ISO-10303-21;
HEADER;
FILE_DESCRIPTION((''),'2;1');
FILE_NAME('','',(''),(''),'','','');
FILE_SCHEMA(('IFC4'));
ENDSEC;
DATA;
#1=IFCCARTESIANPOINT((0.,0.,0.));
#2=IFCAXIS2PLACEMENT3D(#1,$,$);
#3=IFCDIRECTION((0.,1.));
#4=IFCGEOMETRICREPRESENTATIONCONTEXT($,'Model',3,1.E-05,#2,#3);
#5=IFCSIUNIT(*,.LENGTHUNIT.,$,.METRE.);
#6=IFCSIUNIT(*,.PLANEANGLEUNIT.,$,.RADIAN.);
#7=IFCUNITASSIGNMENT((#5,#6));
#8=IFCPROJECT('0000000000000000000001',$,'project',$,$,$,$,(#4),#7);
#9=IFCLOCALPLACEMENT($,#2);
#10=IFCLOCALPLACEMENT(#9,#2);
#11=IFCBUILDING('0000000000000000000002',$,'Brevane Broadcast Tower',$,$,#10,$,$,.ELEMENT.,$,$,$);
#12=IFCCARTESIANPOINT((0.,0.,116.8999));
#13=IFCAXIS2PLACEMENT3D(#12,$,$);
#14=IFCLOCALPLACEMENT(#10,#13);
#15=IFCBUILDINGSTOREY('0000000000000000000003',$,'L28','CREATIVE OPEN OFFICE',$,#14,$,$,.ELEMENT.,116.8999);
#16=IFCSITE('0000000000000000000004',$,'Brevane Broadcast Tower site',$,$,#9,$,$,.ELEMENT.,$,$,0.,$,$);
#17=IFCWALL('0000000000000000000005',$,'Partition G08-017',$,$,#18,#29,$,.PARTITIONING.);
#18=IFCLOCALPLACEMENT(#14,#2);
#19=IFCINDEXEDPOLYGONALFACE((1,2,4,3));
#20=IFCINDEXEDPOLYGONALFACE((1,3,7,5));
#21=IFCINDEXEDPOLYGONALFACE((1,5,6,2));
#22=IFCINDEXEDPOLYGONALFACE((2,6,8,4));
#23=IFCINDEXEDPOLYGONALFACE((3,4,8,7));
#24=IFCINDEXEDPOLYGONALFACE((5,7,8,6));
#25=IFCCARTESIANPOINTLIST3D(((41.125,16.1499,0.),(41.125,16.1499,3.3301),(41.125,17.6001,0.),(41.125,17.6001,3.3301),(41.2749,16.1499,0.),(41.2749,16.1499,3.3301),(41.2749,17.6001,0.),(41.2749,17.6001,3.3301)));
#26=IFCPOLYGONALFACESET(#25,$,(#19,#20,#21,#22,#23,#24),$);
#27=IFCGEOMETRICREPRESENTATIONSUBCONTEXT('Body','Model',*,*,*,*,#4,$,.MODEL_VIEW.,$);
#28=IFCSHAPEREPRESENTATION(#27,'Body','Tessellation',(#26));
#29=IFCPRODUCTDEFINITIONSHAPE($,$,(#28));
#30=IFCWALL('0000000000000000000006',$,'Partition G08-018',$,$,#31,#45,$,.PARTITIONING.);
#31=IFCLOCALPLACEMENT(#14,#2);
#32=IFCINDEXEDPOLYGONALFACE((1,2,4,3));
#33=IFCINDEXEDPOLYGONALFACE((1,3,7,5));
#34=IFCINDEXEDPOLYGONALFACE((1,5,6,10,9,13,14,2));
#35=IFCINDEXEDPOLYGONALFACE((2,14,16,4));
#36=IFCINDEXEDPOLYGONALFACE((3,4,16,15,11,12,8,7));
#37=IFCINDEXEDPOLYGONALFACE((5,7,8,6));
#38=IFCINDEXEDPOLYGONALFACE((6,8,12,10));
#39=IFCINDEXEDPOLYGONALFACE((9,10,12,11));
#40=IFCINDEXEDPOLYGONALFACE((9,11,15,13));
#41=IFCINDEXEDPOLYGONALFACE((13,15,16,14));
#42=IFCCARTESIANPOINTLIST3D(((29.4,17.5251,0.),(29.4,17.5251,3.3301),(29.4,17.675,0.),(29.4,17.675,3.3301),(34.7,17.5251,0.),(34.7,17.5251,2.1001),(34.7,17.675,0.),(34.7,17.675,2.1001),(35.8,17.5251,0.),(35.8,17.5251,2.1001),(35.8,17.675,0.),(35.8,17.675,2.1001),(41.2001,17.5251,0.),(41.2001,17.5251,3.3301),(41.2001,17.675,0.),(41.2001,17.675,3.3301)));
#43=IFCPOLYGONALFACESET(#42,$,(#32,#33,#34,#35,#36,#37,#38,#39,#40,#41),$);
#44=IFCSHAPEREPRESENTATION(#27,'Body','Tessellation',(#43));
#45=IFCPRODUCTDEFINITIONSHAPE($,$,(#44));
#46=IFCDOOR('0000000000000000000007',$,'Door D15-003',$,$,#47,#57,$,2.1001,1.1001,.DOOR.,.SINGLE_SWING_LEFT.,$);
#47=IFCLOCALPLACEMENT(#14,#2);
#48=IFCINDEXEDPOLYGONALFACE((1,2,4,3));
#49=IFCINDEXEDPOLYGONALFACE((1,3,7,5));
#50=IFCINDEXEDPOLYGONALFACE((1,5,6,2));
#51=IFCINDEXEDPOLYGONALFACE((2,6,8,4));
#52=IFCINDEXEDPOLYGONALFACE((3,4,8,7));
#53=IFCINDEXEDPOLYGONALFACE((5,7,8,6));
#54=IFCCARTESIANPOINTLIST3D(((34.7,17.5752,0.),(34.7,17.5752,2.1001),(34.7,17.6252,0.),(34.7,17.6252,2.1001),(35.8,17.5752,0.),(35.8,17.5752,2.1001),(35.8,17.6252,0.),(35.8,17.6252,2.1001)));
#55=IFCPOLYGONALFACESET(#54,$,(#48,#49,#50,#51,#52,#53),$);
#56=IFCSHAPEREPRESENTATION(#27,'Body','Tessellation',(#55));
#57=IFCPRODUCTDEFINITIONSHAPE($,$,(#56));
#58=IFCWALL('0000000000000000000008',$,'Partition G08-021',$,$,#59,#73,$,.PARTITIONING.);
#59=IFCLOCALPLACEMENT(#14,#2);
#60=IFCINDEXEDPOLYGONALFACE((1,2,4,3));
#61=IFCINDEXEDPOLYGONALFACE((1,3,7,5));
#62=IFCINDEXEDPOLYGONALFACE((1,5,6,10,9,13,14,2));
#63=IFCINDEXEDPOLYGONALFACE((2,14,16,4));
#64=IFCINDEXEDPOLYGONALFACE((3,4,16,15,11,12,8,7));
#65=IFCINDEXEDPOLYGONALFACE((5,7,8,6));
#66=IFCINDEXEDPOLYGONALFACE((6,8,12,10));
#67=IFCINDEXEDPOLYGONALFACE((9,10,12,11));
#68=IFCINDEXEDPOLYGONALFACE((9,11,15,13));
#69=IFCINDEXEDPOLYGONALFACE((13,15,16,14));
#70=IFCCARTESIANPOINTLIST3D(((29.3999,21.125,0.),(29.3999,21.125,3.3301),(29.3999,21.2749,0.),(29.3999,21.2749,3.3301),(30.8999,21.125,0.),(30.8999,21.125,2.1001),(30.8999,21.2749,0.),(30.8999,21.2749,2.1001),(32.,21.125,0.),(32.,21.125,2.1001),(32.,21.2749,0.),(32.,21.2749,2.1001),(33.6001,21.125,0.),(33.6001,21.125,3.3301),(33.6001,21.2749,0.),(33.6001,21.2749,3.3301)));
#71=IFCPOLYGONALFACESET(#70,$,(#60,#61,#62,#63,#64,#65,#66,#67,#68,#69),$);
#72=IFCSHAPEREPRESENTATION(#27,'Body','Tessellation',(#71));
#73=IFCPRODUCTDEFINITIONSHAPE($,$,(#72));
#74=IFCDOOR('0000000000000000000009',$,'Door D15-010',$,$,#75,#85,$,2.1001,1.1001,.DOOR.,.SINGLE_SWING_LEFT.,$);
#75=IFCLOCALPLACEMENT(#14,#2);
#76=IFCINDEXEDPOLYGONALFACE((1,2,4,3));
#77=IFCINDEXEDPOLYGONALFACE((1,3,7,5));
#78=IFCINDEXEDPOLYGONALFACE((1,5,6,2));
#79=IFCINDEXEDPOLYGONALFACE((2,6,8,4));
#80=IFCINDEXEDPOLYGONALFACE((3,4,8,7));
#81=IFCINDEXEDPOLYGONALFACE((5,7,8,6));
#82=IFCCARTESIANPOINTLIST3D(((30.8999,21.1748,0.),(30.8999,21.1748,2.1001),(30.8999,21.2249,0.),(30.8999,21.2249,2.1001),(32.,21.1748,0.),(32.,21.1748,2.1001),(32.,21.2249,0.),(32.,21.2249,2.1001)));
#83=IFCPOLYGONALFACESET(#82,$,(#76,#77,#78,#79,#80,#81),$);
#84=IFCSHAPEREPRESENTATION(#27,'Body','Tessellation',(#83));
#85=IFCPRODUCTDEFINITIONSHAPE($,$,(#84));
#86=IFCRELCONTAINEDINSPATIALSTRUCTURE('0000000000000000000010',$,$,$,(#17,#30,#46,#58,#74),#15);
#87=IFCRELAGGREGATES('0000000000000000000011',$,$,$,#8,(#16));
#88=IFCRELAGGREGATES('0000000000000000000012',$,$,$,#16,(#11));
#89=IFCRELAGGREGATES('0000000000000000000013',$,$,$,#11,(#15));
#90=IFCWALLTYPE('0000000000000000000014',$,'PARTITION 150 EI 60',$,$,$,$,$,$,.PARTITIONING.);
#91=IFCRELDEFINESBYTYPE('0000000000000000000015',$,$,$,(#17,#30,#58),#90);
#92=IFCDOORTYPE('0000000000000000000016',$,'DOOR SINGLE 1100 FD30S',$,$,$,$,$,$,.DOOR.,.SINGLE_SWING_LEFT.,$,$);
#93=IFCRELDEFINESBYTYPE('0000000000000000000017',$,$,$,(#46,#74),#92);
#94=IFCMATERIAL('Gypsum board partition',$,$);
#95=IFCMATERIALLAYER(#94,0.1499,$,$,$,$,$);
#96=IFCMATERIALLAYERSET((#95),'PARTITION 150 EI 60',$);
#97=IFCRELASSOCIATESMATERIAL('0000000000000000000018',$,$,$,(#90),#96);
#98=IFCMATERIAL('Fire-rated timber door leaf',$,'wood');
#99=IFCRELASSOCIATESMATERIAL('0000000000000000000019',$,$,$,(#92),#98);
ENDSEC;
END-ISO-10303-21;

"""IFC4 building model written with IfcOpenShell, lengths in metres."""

from ifc_helpers import new_model, si_unit, direction, frame, frame_2d, origin, place, context, subcontext, project, spatial, rectangle, extrude, material, layer, layer_set, type_object, element, fill, save


model = new_model("IFC4")

# Units and contexts
model_context = context("Model", 3, precision=1e-05, world=origin(), true_north=direction((0.0, 1.0)))
body_context = subcontext(model_context, "Body", "Model", "MODEL_VIEW")
ifc_project = project(units=[si_unit("LENGTHUNIT", "METRE"), si_unit("PLANEANGLEUNIT", "RADIAN")], contexts=[model_context])

# Site, building, storey
site_placement = place(None, origin())
site = spatial("IfcSite", under=ifc_project, at=site_placement, Name="Brevane Broadcast Tower site", CompositionType="ELEMENT", RefElevation=0.0)
building_placement = place(site_placement, origin())
building = spatial("IfcBuilding", under=site, at=building_placement, Name="Brevane Broadcast Tower", CompositionType="ELEMENT")
storey_placement = place(building_placement, frame((0.0, 0.0, 116.8999)))
storey = spatial("IfcBuildingStorey", under=building, at=storey_placement, Name="L28", Description="CREATIVE OPEN OFFICE", CompositionType="ELEMENT", Elevation=116.8999)

# Shared definitions
ifc_material_1 = material(Name="Gypsum board partition")
ifc_layer_1 = layer(ifc_material_1, 0.1499)
ifc_layer_set_1 = layer_set([ifc_layer_1], Name="PARTITION 150 EI 60")
wall_type_1 = type_object("IfcWallType", Name="PARTITION 150 EI 60", PredefinedType="PARTITIONING", material=ifc_layer_set_1)

# Shared definitions
ifc_material_2 = material(Name="Fire-rated timber door leaf", Category="wood")
door_type = type_object("IfcDoorType", Name="DOOR SINGLE 1100 FD30S", OperationType="SINGLE_SWING_LEFT", PredefinedType="DOOR", material=ifc_material_2)

# Wall
wall_1_placement = place(storey_placement, frame((41.2, 16.1499, 0.0), z_axis=(0.0, 0.0, 1.0), x_axis=(0.0, 1.0, 0.0)))
element("IfcWall", 1, at=wall_1_placement, inside=storey, type_object=wall_type_1, Name="Partition G08-017", PredefinedType="PARTITIONING", context=body_context, shape_type="SweptSolid", body=[
    extrude(rectangle(XDim=1.4502, YDim=0.1499, at=frame_2d((0.7251, 0.0))), origin(), (0.0, 0.0, 1.0), 3.3301),
])

# Walls, openings, doors
wall_2_placement = place(storey_placement, frame((41.2, 17.6001, 0.0), z_axis=(0.0, 0.0, 1.0), x_axis=(-1.0, 0.0, 0.0)))
wall_2 = element("IfcWall", 2, at=wall_2_placement, inside=storey, type_object=wall_type_1, Name="Partition G08-018", PredefinedType="PARTITIONING", context=body_context, shape_type="SweptSolid", body=[
    extrude(rectangle(XDim=11.8, YDim=0.1499, at=frame_2d((5.8999, 0.0))), origin(), (0.0, 0.0, 1.0), 3.3301),
])
opening_1_placement = place(wall_2_placement, frame((5.3999, 0.0, 0.0)))
opening_1 = element("IfcOpeningElement", 3, at=opening_1_placement, cuts=wall_2, PredefinedType="OPENING", context=body_context, shape_type="SweptSolid", body=[
    extrude(rectangle(XDim=1.1001, YDim=2.1001, at=frame_2d((0.55, 1.05))), frame((0.0, 0.085, 0.0), z_axis=(0.0, -1.0, 0.0), x_axis=(1.0, 0.0, 0.0)), (0.0, 0.0, 1.0), 0.1699),
])
door_1_placement = place(opening_1_placement, origin())
door_1 = element("IfcDoor", 4, at=door_1_placement, inside=storey, type_object=door_type, Name="Door D15-003", OperationType="SINGLE_SWING_LEFT", OverallHeight=2.1001, OverallWidth=1.1001, PredefinedType="DOOR", context=body_context, shape_type="SweptSolid", body=[
    extrude(rectangle(XDim=1.1001, YDim=2.1001, at=frame_2d((0.55, 1.05))), frame((0.0, 0.0249, 0.0), z_axis=(0.0, -1.0, 0.0), x_axis=(1.0, 0.0, 0.0)), (0.0, 0.0, 1.0), 0.05),
])
fill(opening_1, door_1)
wall_3_placement = place(storey_placement, frame((29.3999, 21.2, 0.0), z_axis=(0.0, 0.0, 1.0), x_axis=(1.0, 0.0, 0.0)))
wall_3 = element("IfcWall", 5, at=wall_3_placement, inside=storey, type_object=wall_type_1, Name="Partition G08-021", PredefinedType="PARTITIONING", context=body_context, shape_type="SweptSolid", body=[
    extrude(rectangle(XDim=4.2002, YDim=0.1499, at=frame_2d((2.1001, 0.0))), origin(), (0.0, 0.0, 1.0), 3.3301),
])
opening_2_placement = place(wall_3_placement, frame((1.5, 0.0, 0.0)))
opening_2 = element("IfcOpeningElement", 6, at=opening_2_placement, cuts=wall_3, PredefinedType="OPENING", context=body_context, shape_type="SweptSolid", body=[
    extrude(rectangle(XDim=1.1001, YDim=2.1001, at=frame_2d((0.55, 1.05))), frame((0.0, 0.085, 0.0), z_axis=(0.0, -1.0, 0.0), x_axis=(1.0, 0.0, 0.0)), (0.0, 0.0, 1.0), 0.1699),
])
door_2_placement = place(opening_2_placement, origin())
door_2 = element("IfcDoor", 7, at=door_2_placement, inside=storey, type_object=door_type, Name="Door D15-010", OperationType="SINGLE_SWING_LEFT", OverallHeight=2.1001, OverallWidth=1.1001, PredefinedType="DOOR", context=body_context, shape_type="SweptSolid", body=[
    extrude(rectangle(XDim=1.1001, YDim=2.1001, at=frame_2d((0.55, 1.05))), frame((0.0, 0.0249, 0.0), z_axis=(0.0, -1.0, 0.0), x_axis=(1.0, 0.0, 0.0)), (0.0, 0.0, 1.0), 0.05),
])
fill(opening_2, door_2)

save(model, "model.ifc")
